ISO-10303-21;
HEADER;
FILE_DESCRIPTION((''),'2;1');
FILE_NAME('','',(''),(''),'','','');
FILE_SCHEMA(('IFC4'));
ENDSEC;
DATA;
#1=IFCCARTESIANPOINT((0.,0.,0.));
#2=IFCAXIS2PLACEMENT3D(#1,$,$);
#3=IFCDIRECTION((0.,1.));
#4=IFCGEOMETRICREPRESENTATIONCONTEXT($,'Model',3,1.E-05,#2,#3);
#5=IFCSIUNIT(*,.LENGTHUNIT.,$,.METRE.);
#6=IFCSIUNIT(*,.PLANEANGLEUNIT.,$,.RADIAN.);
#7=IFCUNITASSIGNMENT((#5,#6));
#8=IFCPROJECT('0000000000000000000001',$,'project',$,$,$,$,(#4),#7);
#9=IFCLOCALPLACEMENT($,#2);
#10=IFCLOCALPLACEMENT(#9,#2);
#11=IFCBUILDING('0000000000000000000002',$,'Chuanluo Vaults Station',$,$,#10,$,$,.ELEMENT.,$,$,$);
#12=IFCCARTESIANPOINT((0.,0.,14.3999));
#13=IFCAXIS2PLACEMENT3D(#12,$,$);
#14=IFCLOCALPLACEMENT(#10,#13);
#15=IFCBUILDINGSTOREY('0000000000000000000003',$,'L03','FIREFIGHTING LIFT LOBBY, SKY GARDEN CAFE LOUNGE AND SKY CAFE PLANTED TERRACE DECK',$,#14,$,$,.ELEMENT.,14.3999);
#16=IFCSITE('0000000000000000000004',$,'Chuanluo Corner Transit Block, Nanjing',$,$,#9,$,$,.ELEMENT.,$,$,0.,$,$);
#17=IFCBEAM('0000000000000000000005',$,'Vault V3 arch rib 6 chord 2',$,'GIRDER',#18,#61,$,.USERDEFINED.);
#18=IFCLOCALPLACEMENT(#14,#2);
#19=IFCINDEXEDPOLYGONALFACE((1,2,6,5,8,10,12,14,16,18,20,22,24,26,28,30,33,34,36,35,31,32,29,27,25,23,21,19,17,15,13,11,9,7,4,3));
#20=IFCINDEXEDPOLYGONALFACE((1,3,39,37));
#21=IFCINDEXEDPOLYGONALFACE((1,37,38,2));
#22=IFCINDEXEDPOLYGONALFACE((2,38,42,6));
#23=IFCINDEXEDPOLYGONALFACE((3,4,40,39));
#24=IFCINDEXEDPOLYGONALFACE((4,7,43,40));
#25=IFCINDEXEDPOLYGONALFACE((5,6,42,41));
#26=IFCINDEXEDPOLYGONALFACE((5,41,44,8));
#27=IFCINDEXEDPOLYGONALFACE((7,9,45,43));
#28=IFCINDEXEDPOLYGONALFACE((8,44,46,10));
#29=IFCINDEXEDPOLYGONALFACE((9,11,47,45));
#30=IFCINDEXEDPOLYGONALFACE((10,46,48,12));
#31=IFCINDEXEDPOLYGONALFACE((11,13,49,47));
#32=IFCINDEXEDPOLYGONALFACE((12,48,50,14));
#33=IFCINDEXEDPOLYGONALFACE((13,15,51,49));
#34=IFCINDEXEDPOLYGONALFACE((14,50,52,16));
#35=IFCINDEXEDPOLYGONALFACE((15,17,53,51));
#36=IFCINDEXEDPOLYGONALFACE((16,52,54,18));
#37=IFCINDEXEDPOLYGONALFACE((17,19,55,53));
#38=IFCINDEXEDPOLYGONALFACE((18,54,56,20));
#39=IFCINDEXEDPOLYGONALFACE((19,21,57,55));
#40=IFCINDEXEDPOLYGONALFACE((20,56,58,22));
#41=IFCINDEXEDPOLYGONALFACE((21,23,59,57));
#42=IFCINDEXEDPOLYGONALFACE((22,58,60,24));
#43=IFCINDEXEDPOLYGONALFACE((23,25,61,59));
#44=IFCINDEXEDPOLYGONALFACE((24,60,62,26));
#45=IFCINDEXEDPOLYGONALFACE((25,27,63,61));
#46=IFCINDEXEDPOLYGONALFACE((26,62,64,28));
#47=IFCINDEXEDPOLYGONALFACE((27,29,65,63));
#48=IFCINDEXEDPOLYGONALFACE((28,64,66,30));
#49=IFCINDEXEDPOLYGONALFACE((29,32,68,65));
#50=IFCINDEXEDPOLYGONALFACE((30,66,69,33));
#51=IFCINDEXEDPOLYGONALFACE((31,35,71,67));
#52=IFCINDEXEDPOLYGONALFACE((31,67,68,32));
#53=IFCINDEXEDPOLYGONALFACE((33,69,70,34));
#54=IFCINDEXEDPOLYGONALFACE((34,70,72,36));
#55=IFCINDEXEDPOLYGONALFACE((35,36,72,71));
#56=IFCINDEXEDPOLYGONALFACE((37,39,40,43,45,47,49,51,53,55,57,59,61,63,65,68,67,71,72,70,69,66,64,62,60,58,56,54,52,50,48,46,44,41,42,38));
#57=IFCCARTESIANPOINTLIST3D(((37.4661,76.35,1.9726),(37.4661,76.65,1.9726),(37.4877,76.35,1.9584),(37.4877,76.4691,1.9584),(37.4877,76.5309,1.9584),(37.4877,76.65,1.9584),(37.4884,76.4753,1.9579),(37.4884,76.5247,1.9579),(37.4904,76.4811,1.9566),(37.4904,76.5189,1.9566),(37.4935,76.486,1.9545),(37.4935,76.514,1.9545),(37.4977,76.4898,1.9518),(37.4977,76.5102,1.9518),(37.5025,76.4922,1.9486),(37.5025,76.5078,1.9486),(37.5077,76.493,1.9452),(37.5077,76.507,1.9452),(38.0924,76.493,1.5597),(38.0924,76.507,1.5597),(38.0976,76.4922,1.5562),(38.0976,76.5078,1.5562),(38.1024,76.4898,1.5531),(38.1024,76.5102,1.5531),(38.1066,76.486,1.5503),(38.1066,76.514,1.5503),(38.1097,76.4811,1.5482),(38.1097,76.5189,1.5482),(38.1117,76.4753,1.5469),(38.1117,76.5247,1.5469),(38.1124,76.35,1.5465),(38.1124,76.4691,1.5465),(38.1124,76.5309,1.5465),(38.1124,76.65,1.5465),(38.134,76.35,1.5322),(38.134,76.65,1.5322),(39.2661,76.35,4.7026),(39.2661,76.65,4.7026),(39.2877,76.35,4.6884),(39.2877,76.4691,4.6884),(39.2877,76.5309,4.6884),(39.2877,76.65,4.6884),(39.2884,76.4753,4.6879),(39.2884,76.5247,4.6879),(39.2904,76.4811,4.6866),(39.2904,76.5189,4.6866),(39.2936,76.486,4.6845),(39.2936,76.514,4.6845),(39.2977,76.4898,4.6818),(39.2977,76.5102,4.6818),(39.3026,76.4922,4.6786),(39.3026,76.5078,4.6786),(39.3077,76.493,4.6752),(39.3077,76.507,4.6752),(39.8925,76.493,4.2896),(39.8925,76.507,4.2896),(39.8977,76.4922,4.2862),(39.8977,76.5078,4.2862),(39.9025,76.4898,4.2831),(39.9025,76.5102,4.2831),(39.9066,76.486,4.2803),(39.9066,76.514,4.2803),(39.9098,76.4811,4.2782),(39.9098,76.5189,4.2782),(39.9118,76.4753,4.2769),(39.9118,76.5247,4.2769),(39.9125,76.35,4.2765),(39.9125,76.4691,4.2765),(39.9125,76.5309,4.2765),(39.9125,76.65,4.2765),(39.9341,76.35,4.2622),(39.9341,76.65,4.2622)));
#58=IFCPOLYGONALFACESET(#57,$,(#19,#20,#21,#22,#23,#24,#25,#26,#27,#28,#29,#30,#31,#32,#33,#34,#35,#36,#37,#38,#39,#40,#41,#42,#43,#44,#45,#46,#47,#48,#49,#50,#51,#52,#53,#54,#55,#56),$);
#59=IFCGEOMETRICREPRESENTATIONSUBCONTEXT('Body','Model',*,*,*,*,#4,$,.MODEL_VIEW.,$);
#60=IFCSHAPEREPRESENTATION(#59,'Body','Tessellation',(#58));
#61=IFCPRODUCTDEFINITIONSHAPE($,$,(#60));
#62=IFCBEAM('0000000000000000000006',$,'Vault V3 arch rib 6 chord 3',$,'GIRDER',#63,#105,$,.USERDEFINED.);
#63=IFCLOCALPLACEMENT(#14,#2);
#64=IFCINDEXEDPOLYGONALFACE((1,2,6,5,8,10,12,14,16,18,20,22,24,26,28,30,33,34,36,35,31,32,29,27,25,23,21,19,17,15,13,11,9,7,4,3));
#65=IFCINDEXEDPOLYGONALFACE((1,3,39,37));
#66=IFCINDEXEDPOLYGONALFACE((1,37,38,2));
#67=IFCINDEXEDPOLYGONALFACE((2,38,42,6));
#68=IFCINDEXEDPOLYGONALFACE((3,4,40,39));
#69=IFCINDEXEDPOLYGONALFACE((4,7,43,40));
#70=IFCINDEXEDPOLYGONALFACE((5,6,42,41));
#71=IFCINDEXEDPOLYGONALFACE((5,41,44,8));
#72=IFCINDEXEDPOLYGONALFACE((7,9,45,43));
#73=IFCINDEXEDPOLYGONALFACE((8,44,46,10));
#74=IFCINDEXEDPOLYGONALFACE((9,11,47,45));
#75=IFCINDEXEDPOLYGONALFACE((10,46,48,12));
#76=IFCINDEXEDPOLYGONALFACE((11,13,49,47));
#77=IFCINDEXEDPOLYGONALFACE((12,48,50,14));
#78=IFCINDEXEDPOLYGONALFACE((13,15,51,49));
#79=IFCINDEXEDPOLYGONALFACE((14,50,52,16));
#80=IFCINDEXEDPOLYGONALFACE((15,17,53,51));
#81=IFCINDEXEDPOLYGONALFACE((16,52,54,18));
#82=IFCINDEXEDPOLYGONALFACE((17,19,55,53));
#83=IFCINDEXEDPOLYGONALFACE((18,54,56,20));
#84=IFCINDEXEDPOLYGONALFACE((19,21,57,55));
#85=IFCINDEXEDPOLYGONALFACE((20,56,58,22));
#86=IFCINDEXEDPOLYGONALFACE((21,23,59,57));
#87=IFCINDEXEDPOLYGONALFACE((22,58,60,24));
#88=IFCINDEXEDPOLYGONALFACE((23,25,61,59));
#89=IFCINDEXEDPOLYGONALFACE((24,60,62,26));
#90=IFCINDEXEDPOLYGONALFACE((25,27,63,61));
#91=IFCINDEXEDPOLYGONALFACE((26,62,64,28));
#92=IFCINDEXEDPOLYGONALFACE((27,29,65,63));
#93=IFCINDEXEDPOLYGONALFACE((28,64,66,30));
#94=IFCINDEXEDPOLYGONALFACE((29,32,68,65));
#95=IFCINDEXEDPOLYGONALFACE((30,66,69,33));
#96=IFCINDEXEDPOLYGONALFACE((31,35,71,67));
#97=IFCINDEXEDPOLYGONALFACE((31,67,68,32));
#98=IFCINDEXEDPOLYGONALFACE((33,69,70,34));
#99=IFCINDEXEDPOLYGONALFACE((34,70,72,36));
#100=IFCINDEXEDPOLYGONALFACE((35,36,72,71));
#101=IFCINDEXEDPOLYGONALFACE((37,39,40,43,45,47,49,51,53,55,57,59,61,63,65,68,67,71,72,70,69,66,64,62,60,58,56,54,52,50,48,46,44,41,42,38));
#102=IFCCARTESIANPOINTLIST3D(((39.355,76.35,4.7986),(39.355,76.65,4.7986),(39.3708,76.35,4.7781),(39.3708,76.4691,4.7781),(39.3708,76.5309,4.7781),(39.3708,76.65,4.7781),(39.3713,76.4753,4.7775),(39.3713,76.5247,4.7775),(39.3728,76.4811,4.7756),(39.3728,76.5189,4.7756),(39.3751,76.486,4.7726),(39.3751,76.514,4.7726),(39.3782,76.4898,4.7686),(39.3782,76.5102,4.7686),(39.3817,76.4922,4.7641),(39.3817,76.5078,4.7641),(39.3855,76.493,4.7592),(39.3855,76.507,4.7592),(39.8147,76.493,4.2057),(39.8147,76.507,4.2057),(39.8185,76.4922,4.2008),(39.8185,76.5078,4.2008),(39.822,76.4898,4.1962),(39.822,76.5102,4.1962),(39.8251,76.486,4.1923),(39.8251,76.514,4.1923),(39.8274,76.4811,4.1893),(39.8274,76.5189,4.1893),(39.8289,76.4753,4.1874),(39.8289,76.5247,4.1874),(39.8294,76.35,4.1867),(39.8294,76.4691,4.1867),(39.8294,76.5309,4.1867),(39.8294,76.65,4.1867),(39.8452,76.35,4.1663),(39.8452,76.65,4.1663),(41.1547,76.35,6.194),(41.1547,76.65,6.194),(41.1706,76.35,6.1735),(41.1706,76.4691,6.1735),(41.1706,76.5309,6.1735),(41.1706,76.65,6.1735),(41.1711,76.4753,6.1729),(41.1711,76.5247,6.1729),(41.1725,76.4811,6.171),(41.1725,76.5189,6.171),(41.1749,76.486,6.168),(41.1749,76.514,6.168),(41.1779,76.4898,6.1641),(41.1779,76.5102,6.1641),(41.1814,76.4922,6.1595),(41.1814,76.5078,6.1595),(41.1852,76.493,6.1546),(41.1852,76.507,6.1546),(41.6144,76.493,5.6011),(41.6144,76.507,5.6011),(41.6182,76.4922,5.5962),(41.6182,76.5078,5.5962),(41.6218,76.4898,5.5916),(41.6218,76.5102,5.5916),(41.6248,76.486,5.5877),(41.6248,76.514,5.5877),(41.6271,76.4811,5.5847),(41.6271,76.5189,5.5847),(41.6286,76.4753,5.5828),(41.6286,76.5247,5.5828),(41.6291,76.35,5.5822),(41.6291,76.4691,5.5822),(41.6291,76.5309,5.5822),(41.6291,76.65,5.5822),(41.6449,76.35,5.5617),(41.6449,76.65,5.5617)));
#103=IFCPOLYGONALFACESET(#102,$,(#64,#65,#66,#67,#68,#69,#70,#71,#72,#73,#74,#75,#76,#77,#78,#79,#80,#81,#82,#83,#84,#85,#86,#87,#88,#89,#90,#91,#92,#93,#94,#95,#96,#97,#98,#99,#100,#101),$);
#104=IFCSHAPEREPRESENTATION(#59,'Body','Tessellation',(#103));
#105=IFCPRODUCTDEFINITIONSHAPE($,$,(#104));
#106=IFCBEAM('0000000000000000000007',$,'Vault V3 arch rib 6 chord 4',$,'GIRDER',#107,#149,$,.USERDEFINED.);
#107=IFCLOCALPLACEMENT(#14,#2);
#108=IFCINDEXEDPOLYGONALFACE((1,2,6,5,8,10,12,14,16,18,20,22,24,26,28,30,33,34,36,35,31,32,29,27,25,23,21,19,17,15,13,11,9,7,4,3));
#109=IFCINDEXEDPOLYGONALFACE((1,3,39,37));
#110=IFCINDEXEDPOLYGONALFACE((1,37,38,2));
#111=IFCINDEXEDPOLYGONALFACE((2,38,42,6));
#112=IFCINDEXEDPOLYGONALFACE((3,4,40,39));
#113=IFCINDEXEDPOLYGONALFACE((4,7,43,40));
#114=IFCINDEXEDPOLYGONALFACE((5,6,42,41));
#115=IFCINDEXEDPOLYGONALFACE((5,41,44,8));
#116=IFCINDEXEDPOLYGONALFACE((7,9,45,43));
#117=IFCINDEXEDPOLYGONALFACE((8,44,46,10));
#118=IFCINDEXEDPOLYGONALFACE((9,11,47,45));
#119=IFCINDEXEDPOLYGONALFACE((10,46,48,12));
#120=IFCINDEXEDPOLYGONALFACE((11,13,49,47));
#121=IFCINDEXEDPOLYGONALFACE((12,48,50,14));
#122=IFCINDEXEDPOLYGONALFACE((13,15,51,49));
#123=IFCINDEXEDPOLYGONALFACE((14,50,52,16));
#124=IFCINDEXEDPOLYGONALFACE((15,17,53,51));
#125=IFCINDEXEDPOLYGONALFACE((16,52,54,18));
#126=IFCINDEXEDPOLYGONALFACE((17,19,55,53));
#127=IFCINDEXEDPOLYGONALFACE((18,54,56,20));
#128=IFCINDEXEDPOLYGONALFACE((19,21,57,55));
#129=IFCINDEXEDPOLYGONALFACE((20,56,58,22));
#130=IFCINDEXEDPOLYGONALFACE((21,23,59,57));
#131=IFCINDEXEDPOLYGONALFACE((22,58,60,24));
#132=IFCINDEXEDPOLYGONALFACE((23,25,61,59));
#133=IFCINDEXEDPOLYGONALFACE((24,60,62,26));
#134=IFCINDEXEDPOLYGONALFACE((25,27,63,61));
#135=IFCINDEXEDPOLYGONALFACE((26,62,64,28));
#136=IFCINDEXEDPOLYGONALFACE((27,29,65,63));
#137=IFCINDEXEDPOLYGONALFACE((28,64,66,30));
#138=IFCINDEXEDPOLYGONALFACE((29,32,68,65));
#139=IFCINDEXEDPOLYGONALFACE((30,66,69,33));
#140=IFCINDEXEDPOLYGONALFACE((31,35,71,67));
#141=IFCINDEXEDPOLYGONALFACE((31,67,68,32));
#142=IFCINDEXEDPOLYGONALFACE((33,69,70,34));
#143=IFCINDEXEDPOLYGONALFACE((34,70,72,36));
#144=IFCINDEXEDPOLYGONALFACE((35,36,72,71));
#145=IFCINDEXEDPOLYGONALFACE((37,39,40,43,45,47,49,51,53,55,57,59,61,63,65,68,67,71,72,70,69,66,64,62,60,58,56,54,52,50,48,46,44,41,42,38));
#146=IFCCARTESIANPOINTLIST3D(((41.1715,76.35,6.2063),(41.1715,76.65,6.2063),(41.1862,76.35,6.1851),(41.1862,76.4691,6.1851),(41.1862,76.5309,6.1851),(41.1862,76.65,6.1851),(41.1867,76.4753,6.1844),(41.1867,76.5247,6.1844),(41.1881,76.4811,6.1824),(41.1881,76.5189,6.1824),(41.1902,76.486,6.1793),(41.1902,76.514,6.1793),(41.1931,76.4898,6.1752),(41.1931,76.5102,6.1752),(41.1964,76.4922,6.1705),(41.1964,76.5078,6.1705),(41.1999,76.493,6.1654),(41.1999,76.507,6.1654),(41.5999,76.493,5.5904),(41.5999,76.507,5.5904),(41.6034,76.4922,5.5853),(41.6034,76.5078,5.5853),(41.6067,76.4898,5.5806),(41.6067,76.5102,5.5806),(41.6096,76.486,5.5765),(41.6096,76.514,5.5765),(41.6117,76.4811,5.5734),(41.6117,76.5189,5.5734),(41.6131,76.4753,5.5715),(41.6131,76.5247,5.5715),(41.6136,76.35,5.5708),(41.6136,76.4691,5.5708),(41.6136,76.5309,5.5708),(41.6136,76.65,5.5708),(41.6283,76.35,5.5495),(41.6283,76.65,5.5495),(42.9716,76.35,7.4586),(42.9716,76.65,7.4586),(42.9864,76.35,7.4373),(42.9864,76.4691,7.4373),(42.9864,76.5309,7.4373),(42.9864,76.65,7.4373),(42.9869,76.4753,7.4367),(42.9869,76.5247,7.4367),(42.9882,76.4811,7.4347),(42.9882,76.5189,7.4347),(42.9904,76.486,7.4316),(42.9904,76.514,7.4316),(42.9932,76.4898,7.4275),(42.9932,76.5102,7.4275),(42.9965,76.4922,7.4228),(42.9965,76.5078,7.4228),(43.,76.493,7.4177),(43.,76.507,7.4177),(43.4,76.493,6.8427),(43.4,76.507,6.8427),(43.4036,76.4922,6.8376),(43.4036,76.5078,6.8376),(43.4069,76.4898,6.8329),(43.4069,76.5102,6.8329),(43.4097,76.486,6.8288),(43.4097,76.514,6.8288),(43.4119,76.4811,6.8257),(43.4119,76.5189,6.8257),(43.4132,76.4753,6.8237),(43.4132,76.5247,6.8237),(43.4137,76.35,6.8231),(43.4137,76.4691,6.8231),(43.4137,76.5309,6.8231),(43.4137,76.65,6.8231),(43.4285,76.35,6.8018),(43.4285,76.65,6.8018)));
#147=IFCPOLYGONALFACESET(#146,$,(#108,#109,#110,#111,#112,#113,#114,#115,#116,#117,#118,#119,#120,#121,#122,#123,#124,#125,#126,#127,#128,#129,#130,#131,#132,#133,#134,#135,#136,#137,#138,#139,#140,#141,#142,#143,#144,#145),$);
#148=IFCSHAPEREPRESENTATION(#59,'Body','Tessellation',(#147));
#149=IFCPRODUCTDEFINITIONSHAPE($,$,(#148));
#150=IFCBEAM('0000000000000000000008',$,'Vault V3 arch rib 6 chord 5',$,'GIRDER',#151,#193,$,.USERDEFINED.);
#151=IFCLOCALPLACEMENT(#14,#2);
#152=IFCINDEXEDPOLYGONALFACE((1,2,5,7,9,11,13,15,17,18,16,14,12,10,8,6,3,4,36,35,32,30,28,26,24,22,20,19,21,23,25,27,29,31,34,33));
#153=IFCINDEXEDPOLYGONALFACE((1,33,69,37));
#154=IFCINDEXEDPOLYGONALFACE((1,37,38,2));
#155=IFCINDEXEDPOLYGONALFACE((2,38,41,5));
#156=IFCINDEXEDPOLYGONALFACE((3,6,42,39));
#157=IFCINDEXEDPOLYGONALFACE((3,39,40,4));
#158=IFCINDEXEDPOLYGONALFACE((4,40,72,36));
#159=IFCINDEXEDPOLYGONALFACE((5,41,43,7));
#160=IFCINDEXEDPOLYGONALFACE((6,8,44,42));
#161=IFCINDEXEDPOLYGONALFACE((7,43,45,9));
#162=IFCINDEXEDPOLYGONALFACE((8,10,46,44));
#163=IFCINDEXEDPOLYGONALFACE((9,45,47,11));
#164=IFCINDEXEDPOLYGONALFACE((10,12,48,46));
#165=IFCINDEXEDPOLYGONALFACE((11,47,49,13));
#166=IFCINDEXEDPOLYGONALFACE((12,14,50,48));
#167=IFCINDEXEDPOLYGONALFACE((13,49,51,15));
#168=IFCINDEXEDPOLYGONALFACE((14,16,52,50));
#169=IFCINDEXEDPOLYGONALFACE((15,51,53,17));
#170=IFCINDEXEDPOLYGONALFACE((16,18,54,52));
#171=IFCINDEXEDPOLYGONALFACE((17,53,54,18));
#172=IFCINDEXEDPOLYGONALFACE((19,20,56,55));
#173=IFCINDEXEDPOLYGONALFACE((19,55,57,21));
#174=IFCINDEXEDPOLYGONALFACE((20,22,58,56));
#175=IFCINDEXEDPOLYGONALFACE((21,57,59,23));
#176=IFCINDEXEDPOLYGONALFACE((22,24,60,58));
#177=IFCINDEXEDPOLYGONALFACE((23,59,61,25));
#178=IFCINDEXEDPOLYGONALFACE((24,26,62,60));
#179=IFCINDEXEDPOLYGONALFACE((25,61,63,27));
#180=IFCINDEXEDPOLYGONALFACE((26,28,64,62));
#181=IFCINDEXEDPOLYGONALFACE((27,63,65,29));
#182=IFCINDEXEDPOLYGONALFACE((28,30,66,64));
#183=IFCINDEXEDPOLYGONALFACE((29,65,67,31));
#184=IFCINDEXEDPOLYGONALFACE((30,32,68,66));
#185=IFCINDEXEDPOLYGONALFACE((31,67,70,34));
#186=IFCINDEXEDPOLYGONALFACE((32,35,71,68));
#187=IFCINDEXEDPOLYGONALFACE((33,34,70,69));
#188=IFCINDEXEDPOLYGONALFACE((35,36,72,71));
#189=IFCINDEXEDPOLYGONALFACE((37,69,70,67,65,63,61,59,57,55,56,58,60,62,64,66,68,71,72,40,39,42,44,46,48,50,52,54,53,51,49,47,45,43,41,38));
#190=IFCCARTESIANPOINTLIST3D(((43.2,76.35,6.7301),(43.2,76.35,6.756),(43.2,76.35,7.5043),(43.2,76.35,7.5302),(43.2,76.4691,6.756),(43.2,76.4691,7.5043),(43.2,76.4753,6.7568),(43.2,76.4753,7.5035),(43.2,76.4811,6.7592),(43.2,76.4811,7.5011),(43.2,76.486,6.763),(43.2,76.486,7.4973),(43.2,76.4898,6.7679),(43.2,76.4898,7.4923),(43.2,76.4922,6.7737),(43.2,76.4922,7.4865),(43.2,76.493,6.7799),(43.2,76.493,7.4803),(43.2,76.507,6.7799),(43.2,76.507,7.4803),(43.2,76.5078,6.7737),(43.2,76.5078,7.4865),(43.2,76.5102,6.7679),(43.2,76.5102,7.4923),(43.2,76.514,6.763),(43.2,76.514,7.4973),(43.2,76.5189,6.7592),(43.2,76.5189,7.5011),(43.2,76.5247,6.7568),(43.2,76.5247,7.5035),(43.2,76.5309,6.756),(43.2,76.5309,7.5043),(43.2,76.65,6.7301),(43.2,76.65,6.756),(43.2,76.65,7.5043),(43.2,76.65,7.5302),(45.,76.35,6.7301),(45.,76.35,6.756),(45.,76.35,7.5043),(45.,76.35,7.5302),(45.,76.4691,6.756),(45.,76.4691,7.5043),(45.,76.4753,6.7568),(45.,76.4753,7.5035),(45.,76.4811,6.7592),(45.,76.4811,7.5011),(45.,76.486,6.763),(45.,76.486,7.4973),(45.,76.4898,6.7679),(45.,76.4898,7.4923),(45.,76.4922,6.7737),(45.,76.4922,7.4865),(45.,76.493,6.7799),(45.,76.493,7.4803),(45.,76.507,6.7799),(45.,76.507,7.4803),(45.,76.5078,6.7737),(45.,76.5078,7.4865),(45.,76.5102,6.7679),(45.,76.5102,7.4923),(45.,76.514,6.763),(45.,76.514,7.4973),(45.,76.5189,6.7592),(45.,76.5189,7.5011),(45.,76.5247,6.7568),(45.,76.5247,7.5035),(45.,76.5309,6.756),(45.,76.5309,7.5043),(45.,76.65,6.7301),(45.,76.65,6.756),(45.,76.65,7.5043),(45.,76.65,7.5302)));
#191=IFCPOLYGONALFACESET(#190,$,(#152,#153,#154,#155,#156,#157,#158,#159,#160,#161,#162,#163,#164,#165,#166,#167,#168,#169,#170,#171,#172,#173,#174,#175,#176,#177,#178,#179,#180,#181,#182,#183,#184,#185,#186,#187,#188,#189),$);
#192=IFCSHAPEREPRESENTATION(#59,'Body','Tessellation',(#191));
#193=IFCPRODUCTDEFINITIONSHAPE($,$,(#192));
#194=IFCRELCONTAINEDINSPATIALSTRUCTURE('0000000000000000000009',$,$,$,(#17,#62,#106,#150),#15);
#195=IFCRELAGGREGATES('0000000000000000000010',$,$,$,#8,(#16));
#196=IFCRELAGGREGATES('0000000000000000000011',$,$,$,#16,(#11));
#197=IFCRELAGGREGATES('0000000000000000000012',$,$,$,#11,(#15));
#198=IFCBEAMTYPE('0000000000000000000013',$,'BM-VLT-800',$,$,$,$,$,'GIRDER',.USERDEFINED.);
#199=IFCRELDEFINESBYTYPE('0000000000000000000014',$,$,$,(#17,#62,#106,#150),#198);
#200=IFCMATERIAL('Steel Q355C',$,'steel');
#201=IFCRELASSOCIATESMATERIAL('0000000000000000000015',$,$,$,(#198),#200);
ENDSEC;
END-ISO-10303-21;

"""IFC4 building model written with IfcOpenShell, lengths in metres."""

from ifc_helpers import new_model, si_unit, direction, frame, origin, origin_2d, place, context, subcontext, project, spatial, i_section, extrude, material, material_profile, profile_set, type_object, element, save


model = new_model("IFC4")

# Units and contexts
model_context = context("Model", 3, precision=1e-05, world=origin(), true_north=direction((0.0, 1.0)))
body_context = subcontext(model_context, "Body", "Model", "MODEL_VIEW")
ifc_project = project(units=[si_unit("LENGTHUNIT", "METRE"), si_unit("PLANEANGLEUNIT", "RADIAN")], contexts=[model_context])

# Site, building, storey
site_placement = place(None, origin())
site = spatial("IfcSite", under=ifc_project, at=site_placement, Name="Chuanluo Corner Transit Block, Nanjing", CompositionType="ELEMENT", RefElevation=0.0)
building_placement = place(site_placement, origin())
building = spatial("IfcBuilding", under=site, at=building_placement, Name="Chuanluo Vaults Station", CompositionType="ELEMENT")
storey_placement = place(building_placement, frame((0.0, 0.0, 14.3999)))
storey = spatial("IfcBuildingStorey", under=building, at=storey_placement, Name="L03", Description="FIREFIGHTING LIFT LOBBY, SKY GARDEN CAFE LOUNGE AND SKY CAFE PLANTED TERRACE DECK", CompositionType="ELEMENT", Elevation=14.3999)

# Beams
ifc_material_1 = material(Name="Steel Q355C", Category="steel")
ifc_material_profile_1 = material_profile(ifc_material_1, i_section(OverallWidth=0.3, OverallDepth=0.8, WebThickness=0.0139, FlangeThickness=0.0259, FilletRadius=0.0239, at=origin_2d()))
ifc_profile_set_1 = profile_set([ifc_material_profile_1], Name="Steel Q355C")
beam_type = type_object("IfcBeamType", Name="BM-VLT-800", ElementType="GIRDER", PredefinedType="USERDEFINED", material=ifc_profile_set_1)
beam_1_placement = place(storey_placement, frame((37.8, 76.5, 1.7524), z_axis=(0.550472, 0.0, 0.834854), x_axis=(0.0, 1.0, 0.0)))
element("IfcBeam", 1, at=beam_1_placement, inside=storey, type_object=beam_type, Name="Vault V3 arch rib 6 chord 2", ObjectType="GIRDER", PredefinedType="USERDEFINED", context=body_context, shape_type="SweptSolid", body=[
    extrude(i_section(OverallWidth=0.3, OverallDepth=0.8, WebThickness=0.0139, FlangeThickness=0.0259, FilletRadius=0.0239, at=origin_2d()), origin(), (0.0, 0.0, 1.0), 3.27),
])
beam_2_placement = place(storey_placement, frame((39.6001, 76.5, 4.4824), z_axis=(0.790275, 0.0, 0.612752), x_axis=(0.0, 1.0, 0.0)))
element("IfcBeam", 2, at=beam_2_placement, inside=storey, type_object=beam_type, Name="Vault V3 arch rib 6 chord 3", ObjectType="GIRDER", PredefinedType="USERDEFINED", context=body_context, shape_type="SweptSolid", body=[
    extrude(i_section(OverallWidth=0.3, OverallDepth=0.8, WebThickness=0.0139, FlangeThickness=0.0259, FilletRadius=0.0239, at=origin_2d()), origin(), (0.0, 0.0, 1.0), 2.2773),
])
beam_3_placement = place(storey_placement, frame((41.3999, 76.5, 5.8779), z_axis=(0.820907, 0.0, 0.571061), x_axis=(0.0, 1.0, 0.0)))
element("IfcBeam", 3, at=beam_3_placement, inside=storey, type_object=beam_type, Name="Vault V3 arch rib 6 chord 4", ObjectType="GIRDER", PredefinedType="USERDEFINED", context=body_context, shape_type="SweptSolid", body=[
    extrude(i_section(OverallWidth=0.3, OverallDepth=0.8, WebThickness=0.0139, FlangeThickness=0.0259, FilletRadius=0.0239, at=origin_2d()), origin(), (0.0, 0.0, 1.0), 2.1929),
])
for number, where, z_axis, x_axis, name in (
    (4, (43.2, 76.5, 7.1301), (1.0, 0.0, 0.0), (0.0, 1.0, 0.0), "Vault V3 arch rib 6 chord 5"),
):
    element("IfcBeam", number, at=place(storey_placement, frame(where, z_axis=z_axis, x_axis=x_axis)), inside=storey, type_object=beam_type, Name=name, ObjectType="GIRDER", PredefinedType="USERDEFINED", context=body_context, shape_type="SweptSolid", body=[
        extrude(i_section(OverallWidth=0.3, OverallDepth=0.8, WebThickness=0.0139, FlangeThickness=0.0259, FilletRadius=0.0239, at=origin_2d()), origin(), (0.0, 0.0, 1.0), 1.8),
    ])

save(model, "model.ifc")
